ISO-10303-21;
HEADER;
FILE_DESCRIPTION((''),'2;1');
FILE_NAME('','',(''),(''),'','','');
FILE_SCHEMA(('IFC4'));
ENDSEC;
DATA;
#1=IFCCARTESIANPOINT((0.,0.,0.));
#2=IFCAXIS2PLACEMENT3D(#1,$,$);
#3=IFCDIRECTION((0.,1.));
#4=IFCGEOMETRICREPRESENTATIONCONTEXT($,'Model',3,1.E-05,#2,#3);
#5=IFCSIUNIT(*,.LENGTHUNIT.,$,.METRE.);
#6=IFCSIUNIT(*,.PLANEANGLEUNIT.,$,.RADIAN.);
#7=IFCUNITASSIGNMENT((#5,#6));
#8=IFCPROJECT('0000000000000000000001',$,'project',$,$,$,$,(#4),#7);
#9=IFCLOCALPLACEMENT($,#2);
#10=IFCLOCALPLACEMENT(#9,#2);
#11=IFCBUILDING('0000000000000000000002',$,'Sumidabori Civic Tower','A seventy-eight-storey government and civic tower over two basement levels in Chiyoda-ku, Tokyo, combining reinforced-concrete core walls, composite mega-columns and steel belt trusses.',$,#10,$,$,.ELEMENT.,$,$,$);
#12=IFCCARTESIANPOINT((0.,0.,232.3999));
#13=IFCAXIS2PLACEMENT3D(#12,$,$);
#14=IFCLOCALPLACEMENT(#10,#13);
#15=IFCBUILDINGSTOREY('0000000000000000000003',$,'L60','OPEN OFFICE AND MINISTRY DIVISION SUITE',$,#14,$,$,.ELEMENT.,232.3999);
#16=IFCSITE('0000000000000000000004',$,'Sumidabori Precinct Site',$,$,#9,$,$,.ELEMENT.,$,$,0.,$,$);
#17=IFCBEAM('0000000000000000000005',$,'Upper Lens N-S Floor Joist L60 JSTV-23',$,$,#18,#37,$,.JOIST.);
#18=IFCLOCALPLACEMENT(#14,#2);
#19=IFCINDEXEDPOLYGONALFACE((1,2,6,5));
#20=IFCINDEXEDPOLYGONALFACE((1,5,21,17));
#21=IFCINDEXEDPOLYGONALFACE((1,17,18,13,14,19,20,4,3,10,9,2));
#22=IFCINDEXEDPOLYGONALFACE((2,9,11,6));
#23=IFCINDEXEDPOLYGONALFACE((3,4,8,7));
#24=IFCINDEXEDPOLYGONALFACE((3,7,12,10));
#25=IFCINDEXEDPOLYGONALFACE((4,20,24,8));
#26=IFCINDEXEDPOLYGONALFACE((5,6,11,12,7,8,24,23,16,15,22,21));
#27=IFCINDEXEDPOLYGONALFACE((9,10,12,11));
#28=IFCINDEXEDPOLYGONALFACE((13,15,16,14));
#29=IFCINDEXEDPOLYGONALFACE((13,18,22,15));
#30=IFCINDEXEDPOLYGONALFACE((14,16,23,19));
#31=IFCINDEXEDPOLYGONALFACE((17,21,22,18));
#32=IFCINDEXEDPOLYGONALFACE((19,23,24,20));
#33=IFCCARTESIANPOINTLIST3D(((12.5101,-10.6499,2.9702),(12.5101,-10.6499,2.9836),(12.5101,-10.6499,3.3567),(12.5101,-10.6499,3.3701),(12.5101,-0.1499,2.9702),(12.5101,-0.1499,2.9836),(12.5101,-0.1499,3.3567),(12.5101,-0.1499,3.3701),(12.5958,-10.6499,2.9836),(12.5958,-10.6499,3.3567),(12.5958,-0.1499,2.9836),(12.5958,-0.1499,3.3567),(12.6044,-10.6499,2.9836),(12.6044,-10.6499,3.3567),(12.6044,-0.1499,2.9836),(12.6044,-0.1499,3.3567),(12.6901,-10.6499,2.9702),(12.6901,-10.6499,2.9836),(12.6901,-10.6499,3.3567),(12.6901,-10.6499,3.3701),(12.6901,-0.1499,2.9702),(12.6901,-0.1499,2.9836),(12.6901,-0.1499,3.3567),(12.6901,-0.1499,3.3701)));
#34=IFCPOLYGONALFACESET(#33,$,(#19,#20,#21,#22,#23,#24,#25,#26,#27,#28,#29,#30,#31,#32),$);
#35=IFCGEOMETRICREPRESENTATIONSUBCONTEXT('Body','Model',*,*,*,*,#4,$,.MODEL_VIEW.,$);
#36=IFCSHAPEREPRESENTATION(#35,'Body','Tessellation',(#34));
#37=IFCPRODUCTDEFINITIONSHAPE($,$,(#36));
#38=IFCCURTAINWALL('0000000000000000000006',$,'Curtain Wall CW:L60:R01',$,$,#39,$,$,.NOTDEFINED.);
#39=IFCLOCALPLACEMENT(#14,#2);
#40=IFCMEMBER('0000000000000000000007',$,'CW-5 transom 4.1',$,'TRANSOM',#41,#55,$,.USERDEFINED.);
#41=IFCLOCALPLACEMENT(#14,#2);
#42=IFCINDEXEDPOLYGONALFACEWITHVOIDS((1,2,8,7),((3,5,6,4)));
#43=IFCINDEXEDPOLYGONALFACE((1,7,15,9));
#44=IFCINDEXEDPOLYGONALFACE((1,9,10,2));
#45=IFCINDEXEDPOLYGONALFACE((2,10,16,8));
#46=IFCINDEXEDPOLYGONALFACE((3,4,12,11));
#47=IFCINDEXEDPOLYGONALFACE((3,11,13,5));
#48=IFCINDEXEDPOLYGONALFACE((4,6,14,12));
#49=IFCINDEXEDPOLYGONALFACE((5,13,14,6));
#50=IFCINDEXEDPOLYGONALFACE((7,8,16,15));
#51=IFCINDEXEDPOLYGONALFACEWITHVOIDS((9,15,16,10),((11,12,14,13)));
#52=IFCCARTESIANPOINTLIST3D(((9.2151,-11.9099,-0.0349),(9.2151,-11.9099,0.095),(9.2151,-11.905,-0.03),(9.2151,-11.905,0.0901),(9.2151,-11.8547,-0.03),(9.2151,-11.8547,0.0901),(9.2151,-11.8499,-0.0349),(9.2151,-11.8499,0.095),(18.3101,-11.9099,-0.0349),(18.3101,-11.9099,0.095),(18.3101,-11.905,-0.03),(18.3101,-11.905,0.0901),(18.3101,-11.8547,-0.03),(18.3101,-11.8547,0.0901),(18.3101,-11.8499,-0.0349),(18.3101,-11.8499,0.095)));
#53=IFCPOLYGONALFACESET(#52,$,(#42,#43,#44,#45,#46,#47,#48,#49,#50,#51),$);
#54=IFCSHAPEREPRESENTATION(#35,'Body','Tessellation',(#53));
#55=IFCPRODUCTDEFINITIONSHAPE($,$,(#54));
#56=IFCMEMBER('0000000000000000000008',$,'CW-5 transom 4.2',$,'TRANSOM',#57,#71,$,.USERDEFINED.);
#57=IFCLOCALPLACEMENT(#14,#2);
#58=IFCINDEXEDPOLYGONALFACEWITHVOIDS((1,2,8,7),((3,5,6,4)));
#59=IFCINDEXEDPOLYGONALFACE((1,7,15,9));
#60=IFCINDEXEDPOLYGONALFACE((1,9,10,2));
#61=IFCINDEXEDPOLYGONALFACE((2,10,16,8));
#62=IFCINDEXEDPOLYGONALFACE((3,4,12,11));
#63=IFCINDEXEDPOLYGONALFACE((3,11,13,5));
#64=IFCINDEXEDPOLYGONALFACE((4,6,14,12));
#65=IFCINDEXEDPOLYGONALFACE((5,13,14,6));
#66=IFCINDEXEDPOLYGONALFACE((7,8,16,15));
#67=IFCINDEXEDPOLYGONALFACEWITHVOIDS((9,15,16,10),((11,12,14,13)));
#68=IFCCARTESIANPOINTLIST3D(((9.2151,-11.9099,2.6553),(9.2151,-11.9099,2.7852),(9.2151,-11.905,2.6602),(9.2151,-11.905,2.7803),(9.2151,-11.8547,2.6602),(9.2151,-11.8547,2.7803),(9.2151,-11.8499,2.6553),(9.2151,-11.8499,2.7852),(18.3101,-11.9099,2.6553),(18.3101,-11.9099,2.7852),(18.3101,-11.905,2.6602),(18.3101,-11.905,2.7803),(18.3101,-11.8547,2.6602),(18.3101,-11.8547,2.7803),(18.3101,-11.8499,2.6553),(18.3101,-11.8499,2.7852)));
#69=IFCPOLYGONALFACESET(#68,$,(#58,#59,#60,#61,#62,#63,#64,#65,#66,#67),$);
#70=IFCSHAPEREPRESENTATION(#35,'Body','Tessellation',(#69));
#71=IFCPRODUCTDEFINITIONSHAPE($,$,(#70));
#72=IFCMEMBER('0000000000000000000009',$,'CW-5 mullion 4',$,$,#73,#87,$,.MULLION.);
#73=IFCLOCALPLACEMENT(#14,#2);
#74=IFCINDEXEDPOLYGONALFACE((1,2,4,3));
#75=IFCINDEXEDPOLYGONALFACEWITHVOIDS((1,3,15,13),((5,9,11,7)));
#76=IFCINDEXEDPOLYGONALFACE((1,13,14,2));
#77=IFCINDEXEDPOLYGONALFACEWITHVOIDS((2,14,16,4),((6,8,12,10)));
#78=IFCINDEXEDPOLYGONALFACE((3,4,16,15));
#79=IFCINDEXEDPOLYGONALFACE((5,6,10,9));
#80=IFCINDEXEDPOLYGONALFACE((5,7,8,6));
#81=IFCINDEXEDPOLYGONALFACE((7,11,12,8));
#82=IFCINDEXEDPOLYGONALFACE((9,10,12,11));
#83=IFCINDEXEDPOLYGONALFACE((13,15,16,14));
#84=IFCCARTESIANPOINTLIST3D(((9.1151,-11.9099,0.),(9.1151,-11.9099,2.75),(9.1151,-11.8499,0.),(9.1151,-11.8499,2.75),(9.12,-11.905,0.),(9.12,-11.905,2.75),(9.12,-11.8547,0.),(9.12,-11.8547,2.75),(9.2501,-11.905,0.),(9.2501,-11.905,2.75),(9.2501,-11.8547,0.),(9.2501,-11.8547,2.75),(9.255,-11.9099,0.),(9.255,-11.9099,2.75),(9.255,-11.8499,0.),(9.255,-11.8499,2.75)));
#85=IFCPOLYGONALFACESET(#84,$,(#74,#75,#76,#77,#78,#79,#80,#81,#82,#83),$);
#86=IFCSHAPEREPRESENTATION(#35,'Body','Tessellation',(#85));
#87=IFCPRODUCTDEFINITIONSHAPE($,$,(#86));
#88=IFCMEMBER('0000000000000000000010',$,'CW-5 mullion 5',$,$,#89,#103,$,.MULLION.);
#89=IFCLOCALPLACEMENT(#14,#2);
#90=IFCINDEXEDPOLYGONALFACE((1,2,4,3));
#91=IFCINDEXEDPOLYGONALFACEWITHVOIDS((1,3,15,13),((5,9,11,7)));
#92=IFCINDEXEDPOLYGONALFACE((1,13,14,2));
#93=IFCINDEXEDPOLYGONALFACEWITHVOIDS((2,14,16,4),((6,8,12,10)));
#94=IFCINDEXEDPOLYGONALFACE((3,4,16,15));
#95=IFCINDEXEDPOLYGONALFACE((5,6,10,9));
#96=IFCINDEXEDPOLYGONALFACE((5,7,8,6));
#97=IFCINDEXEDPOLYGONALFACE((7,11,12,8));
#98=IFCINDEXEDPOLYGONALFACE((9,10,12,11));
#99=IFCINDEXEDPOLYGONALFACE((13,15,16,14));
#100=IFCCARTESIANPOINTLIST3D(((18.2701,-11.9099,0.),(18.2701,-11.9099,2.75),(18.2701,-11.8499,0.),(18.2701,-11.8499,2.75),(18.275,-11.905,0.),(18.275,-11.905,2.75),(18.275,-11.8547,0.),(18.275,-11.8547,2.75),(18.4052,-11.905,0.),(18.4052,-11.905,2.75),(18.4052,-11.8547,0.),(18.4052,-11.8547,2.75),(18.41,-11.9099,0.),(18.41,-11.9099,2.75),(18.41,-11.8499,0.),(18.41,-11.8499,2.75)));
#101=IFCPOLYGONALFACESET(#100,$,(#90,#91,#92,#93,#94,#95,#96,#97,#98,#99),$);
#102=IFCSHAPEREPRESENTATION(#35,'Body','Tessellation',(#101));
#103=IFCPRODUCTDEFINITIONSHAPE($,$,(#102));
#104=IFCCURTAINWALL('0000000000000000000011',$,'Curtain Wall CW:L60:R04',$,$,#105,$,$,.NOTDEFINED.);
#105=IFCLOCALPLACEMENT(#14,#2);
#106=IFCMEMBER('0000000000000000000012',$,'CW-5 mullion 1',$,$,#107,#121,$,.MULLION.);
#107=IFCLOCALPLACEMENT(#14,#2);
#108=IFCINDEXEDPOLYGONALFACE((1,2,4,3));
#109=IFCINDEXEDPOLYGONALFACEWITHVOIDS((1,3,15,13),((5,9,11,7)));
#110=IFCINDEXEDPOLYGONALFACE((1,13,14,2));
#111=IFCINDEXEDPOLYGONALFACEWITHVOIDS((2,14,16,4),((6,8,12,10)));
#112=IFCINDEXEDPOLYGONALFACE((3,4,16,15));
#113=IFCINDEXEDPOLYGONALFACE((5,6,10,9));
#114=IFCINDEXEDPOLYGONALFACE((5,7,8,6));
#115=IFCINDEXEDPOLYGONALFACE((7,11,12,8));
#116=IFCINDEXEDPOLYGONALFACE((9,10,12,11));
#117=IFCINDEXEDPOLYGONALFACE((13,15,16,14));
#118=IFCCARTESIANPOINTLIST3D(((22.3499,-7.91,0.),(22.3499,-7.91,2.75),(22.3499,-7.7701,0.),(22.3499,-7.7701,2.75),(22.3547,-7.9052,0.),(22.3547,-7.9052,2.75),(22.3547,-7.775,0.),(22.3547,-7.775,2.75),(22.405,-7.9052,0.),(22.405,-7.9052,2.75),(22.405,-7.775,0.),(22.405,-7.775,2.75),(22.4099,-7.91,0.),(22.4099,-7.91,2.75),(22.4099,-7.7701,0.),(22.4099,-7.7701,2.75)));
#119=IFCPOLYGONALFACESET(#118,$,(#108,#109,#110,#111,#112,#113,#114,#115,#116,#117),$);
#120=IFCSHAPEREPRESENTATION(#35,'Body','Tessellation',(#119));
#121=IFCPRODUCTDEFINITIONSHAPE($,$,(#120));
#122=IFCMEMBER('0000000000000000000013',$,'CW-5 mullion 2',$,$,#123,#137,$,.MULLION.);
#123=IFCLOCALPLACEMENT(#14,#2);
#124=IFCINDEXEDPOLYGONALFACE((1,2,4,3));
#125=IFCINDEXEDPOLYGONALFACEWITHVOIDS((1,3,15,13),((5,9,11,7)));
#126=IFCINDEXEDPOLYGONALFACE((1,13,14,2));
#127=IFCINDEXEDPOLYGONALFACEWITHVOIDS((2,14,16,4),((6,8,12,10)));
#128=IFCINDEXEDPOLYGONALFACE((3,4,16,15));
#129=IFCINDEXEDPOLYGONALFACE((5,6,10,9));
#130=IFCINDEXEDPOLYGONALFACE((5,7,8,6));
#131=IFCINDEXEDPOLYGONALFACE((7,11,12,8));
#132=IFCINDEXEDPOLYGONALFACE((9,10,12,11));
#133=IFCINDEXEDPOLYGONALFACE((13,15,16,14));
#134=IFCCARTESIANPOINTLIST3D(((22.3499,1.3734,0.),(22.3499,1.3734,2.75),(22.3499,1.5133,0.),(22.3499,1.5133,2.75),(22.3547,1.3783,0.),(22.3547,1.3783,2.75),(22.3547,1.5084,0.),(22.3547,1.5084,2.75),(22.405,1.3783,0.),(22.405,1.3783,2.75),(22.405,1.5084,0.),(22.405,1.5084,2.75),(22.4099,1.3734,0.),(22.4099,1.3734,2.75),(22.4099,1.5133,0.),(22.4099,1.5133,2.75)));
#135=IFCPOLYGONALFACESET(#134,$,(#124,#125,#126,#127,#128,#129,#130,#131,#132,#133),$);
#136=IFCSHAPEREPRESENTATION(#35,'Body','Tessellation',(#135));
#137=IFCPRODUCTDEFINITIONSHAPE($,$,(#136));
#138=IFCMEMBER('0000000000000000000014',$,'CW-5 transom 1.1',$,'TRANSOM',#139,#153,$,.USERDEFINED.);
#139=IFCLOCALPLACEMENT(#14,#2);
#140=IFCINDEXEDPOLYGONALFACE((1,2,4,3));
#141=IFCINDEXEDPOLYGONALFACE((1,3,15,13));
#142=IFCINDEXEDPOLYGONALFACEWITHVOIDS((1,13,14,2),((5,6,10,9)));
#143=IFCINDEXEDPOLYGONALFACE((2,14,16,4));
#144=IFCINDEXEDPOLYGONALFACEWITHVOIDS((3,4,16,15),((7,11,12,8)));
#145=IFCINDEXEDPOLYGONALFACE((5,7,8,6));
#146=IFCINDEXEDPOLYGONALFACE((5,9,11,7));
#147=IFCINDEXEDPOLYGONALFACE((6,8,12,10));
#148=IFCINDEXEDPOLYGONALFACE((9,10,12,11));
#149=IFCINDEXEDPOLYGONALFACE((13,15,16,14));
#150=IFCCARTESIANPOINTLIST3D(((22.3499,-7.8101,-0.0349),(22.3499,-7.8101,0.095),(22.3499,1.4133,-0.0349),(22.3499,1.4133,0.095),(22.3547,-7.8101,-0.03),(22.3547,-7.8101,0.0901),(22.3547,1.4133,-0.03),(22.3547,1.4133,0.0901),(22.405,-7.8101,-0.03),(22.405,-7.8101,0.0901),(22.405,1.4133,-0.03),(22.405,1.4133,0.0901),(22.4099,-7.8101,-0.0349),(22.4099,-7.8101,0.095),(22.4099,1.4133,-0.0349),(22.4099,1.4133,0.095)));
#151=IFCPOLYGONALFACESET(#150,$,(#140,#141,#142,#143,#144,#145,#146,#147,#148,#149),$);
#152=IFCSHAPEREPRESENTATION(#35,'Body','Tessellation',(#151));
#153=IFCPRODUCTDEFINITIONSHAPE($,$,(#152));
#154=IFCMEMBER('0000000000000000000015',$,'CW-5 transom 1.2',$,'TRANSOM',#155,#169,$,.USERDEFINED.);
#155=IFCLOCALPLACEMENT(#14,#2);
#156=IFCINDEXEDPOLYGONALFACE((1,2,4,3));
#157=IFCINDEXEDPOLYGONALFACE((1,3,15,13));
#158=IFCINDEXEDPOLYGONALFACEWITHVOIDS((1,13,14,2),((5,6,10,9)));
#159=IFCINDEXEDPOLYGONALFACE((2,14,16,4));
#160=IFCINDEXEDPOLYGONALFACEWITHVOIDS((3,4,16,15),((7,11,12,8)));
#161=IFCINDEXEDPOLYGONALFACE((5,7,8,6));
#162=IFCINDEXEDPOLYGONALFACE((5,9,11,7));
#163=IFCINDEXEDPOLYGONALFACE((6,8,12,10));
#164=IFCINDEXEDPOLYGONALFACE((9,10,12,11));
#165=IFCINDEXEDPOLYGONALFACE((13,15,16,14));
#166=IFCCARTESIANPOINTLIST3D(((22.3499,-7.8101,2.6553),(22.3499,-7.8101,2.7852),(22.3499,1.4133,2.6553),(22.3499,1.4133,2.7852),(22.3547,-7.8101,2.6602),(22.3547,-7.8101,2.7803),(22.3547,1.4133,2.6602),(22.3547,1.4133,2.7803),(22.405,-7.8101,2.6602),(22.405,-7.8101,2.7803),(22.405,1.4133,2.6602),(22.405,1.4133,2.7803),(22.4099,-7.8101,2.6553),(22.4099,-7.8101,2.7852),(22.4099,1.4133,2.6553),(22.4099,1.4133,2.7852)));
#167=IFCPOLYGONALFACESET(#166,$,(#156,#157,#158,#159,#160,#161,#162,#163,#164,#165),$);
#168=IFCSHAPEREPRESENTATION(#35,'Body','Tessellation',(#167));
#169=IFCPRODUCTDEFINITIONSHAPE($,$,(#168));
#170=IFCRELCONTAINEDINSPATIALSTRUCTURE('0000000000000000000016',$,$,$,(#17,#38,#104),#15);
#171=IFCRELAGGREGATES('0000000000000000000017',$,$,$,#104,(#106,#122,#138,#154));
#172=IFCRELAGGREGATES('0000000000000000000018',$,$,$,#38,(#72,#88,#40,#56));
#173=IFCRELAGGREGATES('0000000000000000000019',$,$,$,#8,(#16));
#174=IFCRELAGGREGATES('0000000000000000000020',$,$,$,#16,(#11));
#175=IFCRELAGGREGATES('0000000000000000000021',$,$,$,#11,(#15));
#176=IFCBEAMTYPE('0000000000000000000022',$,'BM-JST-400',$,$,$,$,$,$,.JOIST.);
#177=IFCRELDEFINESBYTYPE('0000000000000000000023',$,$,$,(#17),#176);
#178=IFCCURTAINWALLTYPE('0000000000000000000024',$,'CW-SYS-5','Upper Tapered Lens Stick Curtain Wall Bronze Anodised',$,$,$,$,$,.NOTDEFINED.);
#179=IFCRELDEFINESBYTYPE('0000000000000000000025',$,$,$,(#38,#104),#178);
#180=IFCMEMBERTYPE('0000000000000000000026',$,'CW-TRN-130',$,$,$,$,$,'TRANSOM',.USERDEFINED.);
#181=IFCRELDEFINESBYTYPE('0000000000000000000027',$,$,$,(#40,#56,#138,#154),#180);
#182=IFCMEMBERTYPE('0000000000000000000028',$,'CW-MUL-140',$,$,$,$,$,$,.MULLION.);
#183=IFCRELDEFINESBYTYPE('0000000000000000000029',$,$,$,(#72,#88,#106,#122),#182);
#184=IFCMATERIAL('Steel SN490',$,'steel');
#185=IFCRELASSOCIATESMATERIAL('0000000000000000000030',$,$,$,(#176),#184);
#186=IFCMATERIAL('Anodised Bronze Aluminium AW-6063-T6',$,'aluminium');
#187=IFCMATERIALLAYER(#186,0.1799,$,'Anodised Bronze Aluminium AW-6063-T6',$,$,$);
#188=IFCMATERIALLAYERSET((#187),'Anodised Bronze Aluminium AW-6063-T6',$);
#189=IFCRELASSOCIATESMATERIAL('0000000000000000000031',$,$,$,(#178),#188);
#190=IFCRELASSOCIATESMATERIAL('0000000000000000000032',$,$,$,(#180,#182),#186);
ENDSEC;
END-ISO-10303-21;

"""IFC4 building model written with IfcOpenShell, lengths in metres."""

from ifc_helpers import new_model, si_unit, direction, frame, origin, origin_2d, place, context, subcontext, project, spatial, hollow_rectangle, i_section, extrude, source, transform, mapped, material, layer, layer_set, material_profile, profile_set, type_object, element, aggregate, save


model = new_model("IFC4")

# Units and contexts
model_context = context("Model", 3, precision=1e-05, world=origin(), true_north=direction((0.0, 1.0)))
body_context = subcontext(model_context, "Body", "Model", "MODEL_VIEW")
ifc_project = project(units=[si_unit("LENGTHUNIT", "METRE"), si_unit("PLANEANGLEUNIT", "RADIAN")], contexts=[model_context])

# Site, building, storey
site_placement = place(None, origin())
site = spatial("IfcSite", under=ifc_project, at=site_placement, Name="Sumidabori Precinct Site", CompositionType="ELEMENT", RefElevation=0.0)
building_placement = place(site_placement, origin())
building = spatial("IfcBuilding", under=site, at=building_placement, Name="Sumidabori Civic Tower", Description="A seventy-eight-storey government and civic tower over two basement levels in Chiyoda-ku, Tokyo, combining reinforced-concrete core walls, composite mega-columns and steel belt trusses.", CompositionType="ELEMENT")
storey_placement = place(building_placement, frame((0.0, 0.0, 232.3999)))
storey = spatial("IfcBuildingStorey", under=building, at=storey_placement, Name="L60", Description="OPEN OFFICE AND MINISTRY DIVISION SUITE", CompositionType="ELEMENT", Elevation=232.3999)

# Beam
ifc_material_1 = material(Name="Steel SN490", Category="steel")
ifc_material_profile_1 = material_profile(ifc_material_1, i_section(OverallWidth=0.1799, OverallDepth=0.3999, WebThickness=0.0085, FlangeThickness=0.0134, at=origin_2d()), Name="IPE 400")
ifc_profile_set_1 = profile_set([ifc_material_profile_1], Name="Steel SN490")
beam_type_1 = type_object("IfcBeamType", Name="BM-JST-400", PredefinedType="JOIST", material=ifc_profile_set_1)
shared_shape_1 = source(origin(), body_context, "Body", "SweptSolid", [
    extrude(i_section(OverallWidth=0.1799, OverallDepth=0.3999, WebThickness=0.0085, FlangeThickness=0.0134, at=origin_2d()), origin(), (0.0, 0.0, 1.0), 10.5),
])
beam_1_placement = place(storey_placement, frame((12.6001, -10.6499, 3.1702), z_axis=(0.0, 1.0, 0.0), x_axis=(-1.0, 0.0, 0.0)))
element("IfcBeam", 1, at=beam_1_placement, inside=storey, type_object=beam_type_1, Name="Upper Lens N-S Floor Joist L60 JSTV-23", PredefinedType="JOIST", context=body_context, shape_type="MappedRepresentation", body=[
    mapped(shared_shape_1, transform((0.0, 0.0, 0.0), x_axis=(1.0, 0.0, 0.0), y_axis=(0.0, 1.0, 0.0), z_axis=(0.0, 0.0, 1.0), scale=1.0)),
])

# Curtain wall, members
ifc_material_2 = material(Name="Anodised Bronze Aluminium AW-6063-T6", Category="aluminium")
ifc_layer_1 = layer(ifc_material_2, 0.1799, Name="Anodised Bronze Aluminium AW-6063-T6")
ifc_layer_set_1 = layer_set([ifc_layer_1], Name="Anodised Bronze Aluminium AW-6063-T6")
curtain_wall_type = type_object("IfcCurtainWallType", Name="CW-SYS-5", Description="Upper Tapered Lens Stick Curtain Wall Bronze Anodised", PredefinedType="NOTDEFINED", material=ifc_layer_set_1)
curtain_wall_1_placement = place(storey_placement, origin())
curtain_wall_1 = element("IfcCurtainWall", 2, at=curtain_wall_1_placement, inside=storey, type_object=curtain_wall_type, Name="Curtain Wall CW:L60:R01", PredefinedType="NOTDEFINED")
ifc_material_profile_2 = material_profile(ifc_material_2, hollow_rectangle(XDim=0.0601, YDim=0.1299, WallThickness=0.0049, at=origin_2d()), Name="ALU TRANSOM 130x60")
ifc_profile_set_2 = profile_set([ifc_material_profile_2], Name="Anodised Bronze Aluminium AW-6063-T6")
member_type_1 = type_object("IfcMemberType", Name="CW-TRN-130", ElementType="TRANSOM", PredefinedType="USERDEFINED", material=ifc_profile_set_2)
shared_shape_2 = source(origin(), body_context, "Body", "SweptSolid", [
    extrude(hollow_rectangle(XDim=0.0601, YDim=0.1299, WallThickness=0.0049, at=origin_2d()), origin(), (0.0, 0.0, 1.0), 9.095),
])
member_1_placement = place(storey_placement, frame((9.2151, -11.8799, 0.03), z_axis=(1.0, 0.0, 0.0), x_axis=(0.0, 1.0, 0.0)))
member_1 = element("IfcMember", 3, at=member_1_placement, type_object=member_type_1, Name="CW-5 transom 4.1", ObjectType="TRANSOM", PredefinedType="USERDEFINED", context=body_context, shape_type="MappedRepresentation", body=[
    mapped(shared_shape_2, transform((0.0, 0.0, 0.0), x_axis=(1.0, 0.0, 0.0), y_axis=(0.0, 1.0, 0.0), z_axis=(0.0, 0.0, 1.0), scale=1.0)),
])
member_2_placement = place(storey_placement, frame((9.2151, -11.8799, 2.7202), z_axis=(1.0, 0.0, 0.0), x_axis=(0.0, 1.0, 0.0)))
member_2 = element("IfcMember", 4, at=member_2_placement, type_object=member_type_1, Name="CW-5 transom 4.2", ObjectType="TRANSOM", PredefinedType="USERDEFINED", context=body_context, shape_type="MappedRepresentation", body=[
    mapped(shared_shape_2, transform((0.0, 0.0, 0.0), x_axis=(1.0, 0.0, 0.0), y_axis=(0.0, 1.0, 0.0), z_axis=(0.0, 0.0, 1.0), scale=1.0)),
])
ifc_material_profile_3 = material_profile(ifc_material_2, hollow_rectangle(XDim=0.0601, YDim=0.1399, WallThickness=0.0049, at=origin_2d()), Name="ALU MULLION 140x60")
ifc_profile_set_3 = profile_set([ifc_material_profile_3], Name="Anodised Bronze Aluminium AW-6063-T6")
member_type_2 = type_object("IfcMemberType", Name="CW-MUL-140", PredefinedType="MULLION", material=ifc_profile_set_3)
shared_shape_3 = source(origin(), body_context, "Body", "SweptSolid", [
    extrude(hollow_rectangle(XDim=0.0601, YDim=0.1399, WallThickness=0.0049, at=origin_2d()), origin(), (0.0, 0.0, 1.0), 2.75),
])
member_3_placement = place(storey_placement, frame((9.1851, -11.8799, 0.0), z_axis=(0.0, 0.0, 1.0), x_axis=(0.0, 1.0, 0.0)))
member_3 = element("IfcMember", 5, at=member_3_placement, type_object=member_type_2, Name="CW-5 mullion 4", PredefinedType="MULLION", context=body_context, shape_type="MappedRepresentation", body=[
    mapped(shared_shape_3, transform((0.0, 0.0, 0.0), x_axis=(1.0, 0.0, 0.0), y_axis=(0.0, 1.0, 0.0), z_axis=(0.0, 0.0, 1.0), scale=1.0)),
])
member_4_placement = place(storey_placement, frame((18.3401, -11.8799, 0.0), z_axis=(0.0, 0.0, 1.0), x_axis=(0.0, 1.0, 0.0)))
member_4 = element("IfcMember", 6, at=member_4_placement, type_object=member_type_2, Name="CW-5 mullion 5", PredefinedType="MULLION", context=body_context, shape_type="MappedRepresentation", body=[
    mapped(shared_shape_3, transform((0.0, 0.0, 0.0), x_axis=(1.0, 0.0, 0.0), y_axis=(0.0, 1.0, 0.0), z_axis=(0.0, 0.0, 1.0), scale=1.0)),
])

# Curtain wall, members
curtain_wall_2_placement = place(storey_placement, origin())
curtain_wall_2 = element("IfcCurtainWall", 7, at=curtain_wall_2_placement, inside=storey, type_object=curtain_wall_type, Name="Curtain Wall CW:L60:R04", PredefinedType="NOTDEFINED")
member_5_placement = place(storey_placement, frame((22.3799, -7.8401, 0.0), z_axis=(0.0, 0.0, 1.0), x_axis=(-1.0, 0.0, 0.0)))
member_5 = element("IfcMember", 8, at=member_5_placement, type_object=member_type_2, Name="CW-5 mullion 1", PredefinedType="MULLION", context=body_context, shape_type="MappedRepresentation", body=[
    mapped(shared_shape_3, transform((0.0, 0.0, 0.0), x_axis=(1.0, 0.0, 0.0), y_axis=(0.0, 1.0, 0.0), z_axis=(0.0, 0.0, 1.0), scale=1.0)),
])
member_6_placement = place(storey_placement, frame((22.3799, 1.4434, 0.0), z_axis=(0.0, 0.0, 1.0), x_axis=(-1.0, 0.0, 0.0)))
member_6 = element("IfcMember", 9, at=member_6_placement, type_object=member_type_2, Name="CW-5 mullion 2", PredefinedType="MULLION", context=body_context, shape_type="MappedRepresentation", body=[
    mapped(shared_shape_3, transform((0.0, 0.0, 0.0), x_axis=(1.0, 0.0, 0.0), y_axis=(0.0, 1.0, 0.0), z_axis=(0.0, 0.0, 1.0), scale=1.0)),
])
shared_shape_4 = source(origin(), body_context, "Body", "SweptSolid", [
    extrude(hollow_rectangle(XDim=0.0601, YDim=0.1299, WallThickness=0.0049, at=origin_2d()), origin(), (0.0, 0.0, 1.0), 9.2234),
])
member_7_placement = place(storey_placement, frame((22.3799, -7.8101, 0.03), z_axis=(0.0, 1.0, 0.0), x_axis=(-1.0, 0.0, 0.0)))
member_7 = element("IfcMember", 10, at=member_7_placement, type_object=member_type_1, Name="CW-5 transom 1.1", ObjectType="TRANSOM", PredefinedType="USERDEFINED", context=body_context, shape_type="MappedRepresentation", body=[
    mapped(shared_shape_4, transform((0.0, 0.0, 0.0), x_axis=(1.0, 0.0, 0.0), y_axis=(0.0, 1.0, 0.0), z_axis=(0.0, 0.0, 1.0), scale=1.0)),
])
member_8_placement = place(storey_placement, frame((22.3799, -7.8101, 2.7202), z_axis=(0.0, 1.0, 0.0), x_axis=(-1.0, 0.0, 0.0)))
member_8 = element("IfcMember", 11, at=member_8_placement, type_object=member_type_1, Name="CW-5 transom 1.2", ObjectType="TRANSOM", PredefinedType="USERDEFINED", context=body_context, shape_type="MappedRepresentation", body=[
    mapped(shared_shape_4, transform((0.0, 0.0, 0.0), x_axis=(1.0, 0.0, 0.0), y_axis=(0.0, 1.0, 0.0), z_axis=(0.0, 0.0, 1.0), scale=1.0)),
])
aggregate(curtain_wall_2, [member_5, member_6, member_7, member_8])

aggregate(curtain_wall_1, [member_3, member_4, member_1, member_2])

save(model, "model.ifc")
